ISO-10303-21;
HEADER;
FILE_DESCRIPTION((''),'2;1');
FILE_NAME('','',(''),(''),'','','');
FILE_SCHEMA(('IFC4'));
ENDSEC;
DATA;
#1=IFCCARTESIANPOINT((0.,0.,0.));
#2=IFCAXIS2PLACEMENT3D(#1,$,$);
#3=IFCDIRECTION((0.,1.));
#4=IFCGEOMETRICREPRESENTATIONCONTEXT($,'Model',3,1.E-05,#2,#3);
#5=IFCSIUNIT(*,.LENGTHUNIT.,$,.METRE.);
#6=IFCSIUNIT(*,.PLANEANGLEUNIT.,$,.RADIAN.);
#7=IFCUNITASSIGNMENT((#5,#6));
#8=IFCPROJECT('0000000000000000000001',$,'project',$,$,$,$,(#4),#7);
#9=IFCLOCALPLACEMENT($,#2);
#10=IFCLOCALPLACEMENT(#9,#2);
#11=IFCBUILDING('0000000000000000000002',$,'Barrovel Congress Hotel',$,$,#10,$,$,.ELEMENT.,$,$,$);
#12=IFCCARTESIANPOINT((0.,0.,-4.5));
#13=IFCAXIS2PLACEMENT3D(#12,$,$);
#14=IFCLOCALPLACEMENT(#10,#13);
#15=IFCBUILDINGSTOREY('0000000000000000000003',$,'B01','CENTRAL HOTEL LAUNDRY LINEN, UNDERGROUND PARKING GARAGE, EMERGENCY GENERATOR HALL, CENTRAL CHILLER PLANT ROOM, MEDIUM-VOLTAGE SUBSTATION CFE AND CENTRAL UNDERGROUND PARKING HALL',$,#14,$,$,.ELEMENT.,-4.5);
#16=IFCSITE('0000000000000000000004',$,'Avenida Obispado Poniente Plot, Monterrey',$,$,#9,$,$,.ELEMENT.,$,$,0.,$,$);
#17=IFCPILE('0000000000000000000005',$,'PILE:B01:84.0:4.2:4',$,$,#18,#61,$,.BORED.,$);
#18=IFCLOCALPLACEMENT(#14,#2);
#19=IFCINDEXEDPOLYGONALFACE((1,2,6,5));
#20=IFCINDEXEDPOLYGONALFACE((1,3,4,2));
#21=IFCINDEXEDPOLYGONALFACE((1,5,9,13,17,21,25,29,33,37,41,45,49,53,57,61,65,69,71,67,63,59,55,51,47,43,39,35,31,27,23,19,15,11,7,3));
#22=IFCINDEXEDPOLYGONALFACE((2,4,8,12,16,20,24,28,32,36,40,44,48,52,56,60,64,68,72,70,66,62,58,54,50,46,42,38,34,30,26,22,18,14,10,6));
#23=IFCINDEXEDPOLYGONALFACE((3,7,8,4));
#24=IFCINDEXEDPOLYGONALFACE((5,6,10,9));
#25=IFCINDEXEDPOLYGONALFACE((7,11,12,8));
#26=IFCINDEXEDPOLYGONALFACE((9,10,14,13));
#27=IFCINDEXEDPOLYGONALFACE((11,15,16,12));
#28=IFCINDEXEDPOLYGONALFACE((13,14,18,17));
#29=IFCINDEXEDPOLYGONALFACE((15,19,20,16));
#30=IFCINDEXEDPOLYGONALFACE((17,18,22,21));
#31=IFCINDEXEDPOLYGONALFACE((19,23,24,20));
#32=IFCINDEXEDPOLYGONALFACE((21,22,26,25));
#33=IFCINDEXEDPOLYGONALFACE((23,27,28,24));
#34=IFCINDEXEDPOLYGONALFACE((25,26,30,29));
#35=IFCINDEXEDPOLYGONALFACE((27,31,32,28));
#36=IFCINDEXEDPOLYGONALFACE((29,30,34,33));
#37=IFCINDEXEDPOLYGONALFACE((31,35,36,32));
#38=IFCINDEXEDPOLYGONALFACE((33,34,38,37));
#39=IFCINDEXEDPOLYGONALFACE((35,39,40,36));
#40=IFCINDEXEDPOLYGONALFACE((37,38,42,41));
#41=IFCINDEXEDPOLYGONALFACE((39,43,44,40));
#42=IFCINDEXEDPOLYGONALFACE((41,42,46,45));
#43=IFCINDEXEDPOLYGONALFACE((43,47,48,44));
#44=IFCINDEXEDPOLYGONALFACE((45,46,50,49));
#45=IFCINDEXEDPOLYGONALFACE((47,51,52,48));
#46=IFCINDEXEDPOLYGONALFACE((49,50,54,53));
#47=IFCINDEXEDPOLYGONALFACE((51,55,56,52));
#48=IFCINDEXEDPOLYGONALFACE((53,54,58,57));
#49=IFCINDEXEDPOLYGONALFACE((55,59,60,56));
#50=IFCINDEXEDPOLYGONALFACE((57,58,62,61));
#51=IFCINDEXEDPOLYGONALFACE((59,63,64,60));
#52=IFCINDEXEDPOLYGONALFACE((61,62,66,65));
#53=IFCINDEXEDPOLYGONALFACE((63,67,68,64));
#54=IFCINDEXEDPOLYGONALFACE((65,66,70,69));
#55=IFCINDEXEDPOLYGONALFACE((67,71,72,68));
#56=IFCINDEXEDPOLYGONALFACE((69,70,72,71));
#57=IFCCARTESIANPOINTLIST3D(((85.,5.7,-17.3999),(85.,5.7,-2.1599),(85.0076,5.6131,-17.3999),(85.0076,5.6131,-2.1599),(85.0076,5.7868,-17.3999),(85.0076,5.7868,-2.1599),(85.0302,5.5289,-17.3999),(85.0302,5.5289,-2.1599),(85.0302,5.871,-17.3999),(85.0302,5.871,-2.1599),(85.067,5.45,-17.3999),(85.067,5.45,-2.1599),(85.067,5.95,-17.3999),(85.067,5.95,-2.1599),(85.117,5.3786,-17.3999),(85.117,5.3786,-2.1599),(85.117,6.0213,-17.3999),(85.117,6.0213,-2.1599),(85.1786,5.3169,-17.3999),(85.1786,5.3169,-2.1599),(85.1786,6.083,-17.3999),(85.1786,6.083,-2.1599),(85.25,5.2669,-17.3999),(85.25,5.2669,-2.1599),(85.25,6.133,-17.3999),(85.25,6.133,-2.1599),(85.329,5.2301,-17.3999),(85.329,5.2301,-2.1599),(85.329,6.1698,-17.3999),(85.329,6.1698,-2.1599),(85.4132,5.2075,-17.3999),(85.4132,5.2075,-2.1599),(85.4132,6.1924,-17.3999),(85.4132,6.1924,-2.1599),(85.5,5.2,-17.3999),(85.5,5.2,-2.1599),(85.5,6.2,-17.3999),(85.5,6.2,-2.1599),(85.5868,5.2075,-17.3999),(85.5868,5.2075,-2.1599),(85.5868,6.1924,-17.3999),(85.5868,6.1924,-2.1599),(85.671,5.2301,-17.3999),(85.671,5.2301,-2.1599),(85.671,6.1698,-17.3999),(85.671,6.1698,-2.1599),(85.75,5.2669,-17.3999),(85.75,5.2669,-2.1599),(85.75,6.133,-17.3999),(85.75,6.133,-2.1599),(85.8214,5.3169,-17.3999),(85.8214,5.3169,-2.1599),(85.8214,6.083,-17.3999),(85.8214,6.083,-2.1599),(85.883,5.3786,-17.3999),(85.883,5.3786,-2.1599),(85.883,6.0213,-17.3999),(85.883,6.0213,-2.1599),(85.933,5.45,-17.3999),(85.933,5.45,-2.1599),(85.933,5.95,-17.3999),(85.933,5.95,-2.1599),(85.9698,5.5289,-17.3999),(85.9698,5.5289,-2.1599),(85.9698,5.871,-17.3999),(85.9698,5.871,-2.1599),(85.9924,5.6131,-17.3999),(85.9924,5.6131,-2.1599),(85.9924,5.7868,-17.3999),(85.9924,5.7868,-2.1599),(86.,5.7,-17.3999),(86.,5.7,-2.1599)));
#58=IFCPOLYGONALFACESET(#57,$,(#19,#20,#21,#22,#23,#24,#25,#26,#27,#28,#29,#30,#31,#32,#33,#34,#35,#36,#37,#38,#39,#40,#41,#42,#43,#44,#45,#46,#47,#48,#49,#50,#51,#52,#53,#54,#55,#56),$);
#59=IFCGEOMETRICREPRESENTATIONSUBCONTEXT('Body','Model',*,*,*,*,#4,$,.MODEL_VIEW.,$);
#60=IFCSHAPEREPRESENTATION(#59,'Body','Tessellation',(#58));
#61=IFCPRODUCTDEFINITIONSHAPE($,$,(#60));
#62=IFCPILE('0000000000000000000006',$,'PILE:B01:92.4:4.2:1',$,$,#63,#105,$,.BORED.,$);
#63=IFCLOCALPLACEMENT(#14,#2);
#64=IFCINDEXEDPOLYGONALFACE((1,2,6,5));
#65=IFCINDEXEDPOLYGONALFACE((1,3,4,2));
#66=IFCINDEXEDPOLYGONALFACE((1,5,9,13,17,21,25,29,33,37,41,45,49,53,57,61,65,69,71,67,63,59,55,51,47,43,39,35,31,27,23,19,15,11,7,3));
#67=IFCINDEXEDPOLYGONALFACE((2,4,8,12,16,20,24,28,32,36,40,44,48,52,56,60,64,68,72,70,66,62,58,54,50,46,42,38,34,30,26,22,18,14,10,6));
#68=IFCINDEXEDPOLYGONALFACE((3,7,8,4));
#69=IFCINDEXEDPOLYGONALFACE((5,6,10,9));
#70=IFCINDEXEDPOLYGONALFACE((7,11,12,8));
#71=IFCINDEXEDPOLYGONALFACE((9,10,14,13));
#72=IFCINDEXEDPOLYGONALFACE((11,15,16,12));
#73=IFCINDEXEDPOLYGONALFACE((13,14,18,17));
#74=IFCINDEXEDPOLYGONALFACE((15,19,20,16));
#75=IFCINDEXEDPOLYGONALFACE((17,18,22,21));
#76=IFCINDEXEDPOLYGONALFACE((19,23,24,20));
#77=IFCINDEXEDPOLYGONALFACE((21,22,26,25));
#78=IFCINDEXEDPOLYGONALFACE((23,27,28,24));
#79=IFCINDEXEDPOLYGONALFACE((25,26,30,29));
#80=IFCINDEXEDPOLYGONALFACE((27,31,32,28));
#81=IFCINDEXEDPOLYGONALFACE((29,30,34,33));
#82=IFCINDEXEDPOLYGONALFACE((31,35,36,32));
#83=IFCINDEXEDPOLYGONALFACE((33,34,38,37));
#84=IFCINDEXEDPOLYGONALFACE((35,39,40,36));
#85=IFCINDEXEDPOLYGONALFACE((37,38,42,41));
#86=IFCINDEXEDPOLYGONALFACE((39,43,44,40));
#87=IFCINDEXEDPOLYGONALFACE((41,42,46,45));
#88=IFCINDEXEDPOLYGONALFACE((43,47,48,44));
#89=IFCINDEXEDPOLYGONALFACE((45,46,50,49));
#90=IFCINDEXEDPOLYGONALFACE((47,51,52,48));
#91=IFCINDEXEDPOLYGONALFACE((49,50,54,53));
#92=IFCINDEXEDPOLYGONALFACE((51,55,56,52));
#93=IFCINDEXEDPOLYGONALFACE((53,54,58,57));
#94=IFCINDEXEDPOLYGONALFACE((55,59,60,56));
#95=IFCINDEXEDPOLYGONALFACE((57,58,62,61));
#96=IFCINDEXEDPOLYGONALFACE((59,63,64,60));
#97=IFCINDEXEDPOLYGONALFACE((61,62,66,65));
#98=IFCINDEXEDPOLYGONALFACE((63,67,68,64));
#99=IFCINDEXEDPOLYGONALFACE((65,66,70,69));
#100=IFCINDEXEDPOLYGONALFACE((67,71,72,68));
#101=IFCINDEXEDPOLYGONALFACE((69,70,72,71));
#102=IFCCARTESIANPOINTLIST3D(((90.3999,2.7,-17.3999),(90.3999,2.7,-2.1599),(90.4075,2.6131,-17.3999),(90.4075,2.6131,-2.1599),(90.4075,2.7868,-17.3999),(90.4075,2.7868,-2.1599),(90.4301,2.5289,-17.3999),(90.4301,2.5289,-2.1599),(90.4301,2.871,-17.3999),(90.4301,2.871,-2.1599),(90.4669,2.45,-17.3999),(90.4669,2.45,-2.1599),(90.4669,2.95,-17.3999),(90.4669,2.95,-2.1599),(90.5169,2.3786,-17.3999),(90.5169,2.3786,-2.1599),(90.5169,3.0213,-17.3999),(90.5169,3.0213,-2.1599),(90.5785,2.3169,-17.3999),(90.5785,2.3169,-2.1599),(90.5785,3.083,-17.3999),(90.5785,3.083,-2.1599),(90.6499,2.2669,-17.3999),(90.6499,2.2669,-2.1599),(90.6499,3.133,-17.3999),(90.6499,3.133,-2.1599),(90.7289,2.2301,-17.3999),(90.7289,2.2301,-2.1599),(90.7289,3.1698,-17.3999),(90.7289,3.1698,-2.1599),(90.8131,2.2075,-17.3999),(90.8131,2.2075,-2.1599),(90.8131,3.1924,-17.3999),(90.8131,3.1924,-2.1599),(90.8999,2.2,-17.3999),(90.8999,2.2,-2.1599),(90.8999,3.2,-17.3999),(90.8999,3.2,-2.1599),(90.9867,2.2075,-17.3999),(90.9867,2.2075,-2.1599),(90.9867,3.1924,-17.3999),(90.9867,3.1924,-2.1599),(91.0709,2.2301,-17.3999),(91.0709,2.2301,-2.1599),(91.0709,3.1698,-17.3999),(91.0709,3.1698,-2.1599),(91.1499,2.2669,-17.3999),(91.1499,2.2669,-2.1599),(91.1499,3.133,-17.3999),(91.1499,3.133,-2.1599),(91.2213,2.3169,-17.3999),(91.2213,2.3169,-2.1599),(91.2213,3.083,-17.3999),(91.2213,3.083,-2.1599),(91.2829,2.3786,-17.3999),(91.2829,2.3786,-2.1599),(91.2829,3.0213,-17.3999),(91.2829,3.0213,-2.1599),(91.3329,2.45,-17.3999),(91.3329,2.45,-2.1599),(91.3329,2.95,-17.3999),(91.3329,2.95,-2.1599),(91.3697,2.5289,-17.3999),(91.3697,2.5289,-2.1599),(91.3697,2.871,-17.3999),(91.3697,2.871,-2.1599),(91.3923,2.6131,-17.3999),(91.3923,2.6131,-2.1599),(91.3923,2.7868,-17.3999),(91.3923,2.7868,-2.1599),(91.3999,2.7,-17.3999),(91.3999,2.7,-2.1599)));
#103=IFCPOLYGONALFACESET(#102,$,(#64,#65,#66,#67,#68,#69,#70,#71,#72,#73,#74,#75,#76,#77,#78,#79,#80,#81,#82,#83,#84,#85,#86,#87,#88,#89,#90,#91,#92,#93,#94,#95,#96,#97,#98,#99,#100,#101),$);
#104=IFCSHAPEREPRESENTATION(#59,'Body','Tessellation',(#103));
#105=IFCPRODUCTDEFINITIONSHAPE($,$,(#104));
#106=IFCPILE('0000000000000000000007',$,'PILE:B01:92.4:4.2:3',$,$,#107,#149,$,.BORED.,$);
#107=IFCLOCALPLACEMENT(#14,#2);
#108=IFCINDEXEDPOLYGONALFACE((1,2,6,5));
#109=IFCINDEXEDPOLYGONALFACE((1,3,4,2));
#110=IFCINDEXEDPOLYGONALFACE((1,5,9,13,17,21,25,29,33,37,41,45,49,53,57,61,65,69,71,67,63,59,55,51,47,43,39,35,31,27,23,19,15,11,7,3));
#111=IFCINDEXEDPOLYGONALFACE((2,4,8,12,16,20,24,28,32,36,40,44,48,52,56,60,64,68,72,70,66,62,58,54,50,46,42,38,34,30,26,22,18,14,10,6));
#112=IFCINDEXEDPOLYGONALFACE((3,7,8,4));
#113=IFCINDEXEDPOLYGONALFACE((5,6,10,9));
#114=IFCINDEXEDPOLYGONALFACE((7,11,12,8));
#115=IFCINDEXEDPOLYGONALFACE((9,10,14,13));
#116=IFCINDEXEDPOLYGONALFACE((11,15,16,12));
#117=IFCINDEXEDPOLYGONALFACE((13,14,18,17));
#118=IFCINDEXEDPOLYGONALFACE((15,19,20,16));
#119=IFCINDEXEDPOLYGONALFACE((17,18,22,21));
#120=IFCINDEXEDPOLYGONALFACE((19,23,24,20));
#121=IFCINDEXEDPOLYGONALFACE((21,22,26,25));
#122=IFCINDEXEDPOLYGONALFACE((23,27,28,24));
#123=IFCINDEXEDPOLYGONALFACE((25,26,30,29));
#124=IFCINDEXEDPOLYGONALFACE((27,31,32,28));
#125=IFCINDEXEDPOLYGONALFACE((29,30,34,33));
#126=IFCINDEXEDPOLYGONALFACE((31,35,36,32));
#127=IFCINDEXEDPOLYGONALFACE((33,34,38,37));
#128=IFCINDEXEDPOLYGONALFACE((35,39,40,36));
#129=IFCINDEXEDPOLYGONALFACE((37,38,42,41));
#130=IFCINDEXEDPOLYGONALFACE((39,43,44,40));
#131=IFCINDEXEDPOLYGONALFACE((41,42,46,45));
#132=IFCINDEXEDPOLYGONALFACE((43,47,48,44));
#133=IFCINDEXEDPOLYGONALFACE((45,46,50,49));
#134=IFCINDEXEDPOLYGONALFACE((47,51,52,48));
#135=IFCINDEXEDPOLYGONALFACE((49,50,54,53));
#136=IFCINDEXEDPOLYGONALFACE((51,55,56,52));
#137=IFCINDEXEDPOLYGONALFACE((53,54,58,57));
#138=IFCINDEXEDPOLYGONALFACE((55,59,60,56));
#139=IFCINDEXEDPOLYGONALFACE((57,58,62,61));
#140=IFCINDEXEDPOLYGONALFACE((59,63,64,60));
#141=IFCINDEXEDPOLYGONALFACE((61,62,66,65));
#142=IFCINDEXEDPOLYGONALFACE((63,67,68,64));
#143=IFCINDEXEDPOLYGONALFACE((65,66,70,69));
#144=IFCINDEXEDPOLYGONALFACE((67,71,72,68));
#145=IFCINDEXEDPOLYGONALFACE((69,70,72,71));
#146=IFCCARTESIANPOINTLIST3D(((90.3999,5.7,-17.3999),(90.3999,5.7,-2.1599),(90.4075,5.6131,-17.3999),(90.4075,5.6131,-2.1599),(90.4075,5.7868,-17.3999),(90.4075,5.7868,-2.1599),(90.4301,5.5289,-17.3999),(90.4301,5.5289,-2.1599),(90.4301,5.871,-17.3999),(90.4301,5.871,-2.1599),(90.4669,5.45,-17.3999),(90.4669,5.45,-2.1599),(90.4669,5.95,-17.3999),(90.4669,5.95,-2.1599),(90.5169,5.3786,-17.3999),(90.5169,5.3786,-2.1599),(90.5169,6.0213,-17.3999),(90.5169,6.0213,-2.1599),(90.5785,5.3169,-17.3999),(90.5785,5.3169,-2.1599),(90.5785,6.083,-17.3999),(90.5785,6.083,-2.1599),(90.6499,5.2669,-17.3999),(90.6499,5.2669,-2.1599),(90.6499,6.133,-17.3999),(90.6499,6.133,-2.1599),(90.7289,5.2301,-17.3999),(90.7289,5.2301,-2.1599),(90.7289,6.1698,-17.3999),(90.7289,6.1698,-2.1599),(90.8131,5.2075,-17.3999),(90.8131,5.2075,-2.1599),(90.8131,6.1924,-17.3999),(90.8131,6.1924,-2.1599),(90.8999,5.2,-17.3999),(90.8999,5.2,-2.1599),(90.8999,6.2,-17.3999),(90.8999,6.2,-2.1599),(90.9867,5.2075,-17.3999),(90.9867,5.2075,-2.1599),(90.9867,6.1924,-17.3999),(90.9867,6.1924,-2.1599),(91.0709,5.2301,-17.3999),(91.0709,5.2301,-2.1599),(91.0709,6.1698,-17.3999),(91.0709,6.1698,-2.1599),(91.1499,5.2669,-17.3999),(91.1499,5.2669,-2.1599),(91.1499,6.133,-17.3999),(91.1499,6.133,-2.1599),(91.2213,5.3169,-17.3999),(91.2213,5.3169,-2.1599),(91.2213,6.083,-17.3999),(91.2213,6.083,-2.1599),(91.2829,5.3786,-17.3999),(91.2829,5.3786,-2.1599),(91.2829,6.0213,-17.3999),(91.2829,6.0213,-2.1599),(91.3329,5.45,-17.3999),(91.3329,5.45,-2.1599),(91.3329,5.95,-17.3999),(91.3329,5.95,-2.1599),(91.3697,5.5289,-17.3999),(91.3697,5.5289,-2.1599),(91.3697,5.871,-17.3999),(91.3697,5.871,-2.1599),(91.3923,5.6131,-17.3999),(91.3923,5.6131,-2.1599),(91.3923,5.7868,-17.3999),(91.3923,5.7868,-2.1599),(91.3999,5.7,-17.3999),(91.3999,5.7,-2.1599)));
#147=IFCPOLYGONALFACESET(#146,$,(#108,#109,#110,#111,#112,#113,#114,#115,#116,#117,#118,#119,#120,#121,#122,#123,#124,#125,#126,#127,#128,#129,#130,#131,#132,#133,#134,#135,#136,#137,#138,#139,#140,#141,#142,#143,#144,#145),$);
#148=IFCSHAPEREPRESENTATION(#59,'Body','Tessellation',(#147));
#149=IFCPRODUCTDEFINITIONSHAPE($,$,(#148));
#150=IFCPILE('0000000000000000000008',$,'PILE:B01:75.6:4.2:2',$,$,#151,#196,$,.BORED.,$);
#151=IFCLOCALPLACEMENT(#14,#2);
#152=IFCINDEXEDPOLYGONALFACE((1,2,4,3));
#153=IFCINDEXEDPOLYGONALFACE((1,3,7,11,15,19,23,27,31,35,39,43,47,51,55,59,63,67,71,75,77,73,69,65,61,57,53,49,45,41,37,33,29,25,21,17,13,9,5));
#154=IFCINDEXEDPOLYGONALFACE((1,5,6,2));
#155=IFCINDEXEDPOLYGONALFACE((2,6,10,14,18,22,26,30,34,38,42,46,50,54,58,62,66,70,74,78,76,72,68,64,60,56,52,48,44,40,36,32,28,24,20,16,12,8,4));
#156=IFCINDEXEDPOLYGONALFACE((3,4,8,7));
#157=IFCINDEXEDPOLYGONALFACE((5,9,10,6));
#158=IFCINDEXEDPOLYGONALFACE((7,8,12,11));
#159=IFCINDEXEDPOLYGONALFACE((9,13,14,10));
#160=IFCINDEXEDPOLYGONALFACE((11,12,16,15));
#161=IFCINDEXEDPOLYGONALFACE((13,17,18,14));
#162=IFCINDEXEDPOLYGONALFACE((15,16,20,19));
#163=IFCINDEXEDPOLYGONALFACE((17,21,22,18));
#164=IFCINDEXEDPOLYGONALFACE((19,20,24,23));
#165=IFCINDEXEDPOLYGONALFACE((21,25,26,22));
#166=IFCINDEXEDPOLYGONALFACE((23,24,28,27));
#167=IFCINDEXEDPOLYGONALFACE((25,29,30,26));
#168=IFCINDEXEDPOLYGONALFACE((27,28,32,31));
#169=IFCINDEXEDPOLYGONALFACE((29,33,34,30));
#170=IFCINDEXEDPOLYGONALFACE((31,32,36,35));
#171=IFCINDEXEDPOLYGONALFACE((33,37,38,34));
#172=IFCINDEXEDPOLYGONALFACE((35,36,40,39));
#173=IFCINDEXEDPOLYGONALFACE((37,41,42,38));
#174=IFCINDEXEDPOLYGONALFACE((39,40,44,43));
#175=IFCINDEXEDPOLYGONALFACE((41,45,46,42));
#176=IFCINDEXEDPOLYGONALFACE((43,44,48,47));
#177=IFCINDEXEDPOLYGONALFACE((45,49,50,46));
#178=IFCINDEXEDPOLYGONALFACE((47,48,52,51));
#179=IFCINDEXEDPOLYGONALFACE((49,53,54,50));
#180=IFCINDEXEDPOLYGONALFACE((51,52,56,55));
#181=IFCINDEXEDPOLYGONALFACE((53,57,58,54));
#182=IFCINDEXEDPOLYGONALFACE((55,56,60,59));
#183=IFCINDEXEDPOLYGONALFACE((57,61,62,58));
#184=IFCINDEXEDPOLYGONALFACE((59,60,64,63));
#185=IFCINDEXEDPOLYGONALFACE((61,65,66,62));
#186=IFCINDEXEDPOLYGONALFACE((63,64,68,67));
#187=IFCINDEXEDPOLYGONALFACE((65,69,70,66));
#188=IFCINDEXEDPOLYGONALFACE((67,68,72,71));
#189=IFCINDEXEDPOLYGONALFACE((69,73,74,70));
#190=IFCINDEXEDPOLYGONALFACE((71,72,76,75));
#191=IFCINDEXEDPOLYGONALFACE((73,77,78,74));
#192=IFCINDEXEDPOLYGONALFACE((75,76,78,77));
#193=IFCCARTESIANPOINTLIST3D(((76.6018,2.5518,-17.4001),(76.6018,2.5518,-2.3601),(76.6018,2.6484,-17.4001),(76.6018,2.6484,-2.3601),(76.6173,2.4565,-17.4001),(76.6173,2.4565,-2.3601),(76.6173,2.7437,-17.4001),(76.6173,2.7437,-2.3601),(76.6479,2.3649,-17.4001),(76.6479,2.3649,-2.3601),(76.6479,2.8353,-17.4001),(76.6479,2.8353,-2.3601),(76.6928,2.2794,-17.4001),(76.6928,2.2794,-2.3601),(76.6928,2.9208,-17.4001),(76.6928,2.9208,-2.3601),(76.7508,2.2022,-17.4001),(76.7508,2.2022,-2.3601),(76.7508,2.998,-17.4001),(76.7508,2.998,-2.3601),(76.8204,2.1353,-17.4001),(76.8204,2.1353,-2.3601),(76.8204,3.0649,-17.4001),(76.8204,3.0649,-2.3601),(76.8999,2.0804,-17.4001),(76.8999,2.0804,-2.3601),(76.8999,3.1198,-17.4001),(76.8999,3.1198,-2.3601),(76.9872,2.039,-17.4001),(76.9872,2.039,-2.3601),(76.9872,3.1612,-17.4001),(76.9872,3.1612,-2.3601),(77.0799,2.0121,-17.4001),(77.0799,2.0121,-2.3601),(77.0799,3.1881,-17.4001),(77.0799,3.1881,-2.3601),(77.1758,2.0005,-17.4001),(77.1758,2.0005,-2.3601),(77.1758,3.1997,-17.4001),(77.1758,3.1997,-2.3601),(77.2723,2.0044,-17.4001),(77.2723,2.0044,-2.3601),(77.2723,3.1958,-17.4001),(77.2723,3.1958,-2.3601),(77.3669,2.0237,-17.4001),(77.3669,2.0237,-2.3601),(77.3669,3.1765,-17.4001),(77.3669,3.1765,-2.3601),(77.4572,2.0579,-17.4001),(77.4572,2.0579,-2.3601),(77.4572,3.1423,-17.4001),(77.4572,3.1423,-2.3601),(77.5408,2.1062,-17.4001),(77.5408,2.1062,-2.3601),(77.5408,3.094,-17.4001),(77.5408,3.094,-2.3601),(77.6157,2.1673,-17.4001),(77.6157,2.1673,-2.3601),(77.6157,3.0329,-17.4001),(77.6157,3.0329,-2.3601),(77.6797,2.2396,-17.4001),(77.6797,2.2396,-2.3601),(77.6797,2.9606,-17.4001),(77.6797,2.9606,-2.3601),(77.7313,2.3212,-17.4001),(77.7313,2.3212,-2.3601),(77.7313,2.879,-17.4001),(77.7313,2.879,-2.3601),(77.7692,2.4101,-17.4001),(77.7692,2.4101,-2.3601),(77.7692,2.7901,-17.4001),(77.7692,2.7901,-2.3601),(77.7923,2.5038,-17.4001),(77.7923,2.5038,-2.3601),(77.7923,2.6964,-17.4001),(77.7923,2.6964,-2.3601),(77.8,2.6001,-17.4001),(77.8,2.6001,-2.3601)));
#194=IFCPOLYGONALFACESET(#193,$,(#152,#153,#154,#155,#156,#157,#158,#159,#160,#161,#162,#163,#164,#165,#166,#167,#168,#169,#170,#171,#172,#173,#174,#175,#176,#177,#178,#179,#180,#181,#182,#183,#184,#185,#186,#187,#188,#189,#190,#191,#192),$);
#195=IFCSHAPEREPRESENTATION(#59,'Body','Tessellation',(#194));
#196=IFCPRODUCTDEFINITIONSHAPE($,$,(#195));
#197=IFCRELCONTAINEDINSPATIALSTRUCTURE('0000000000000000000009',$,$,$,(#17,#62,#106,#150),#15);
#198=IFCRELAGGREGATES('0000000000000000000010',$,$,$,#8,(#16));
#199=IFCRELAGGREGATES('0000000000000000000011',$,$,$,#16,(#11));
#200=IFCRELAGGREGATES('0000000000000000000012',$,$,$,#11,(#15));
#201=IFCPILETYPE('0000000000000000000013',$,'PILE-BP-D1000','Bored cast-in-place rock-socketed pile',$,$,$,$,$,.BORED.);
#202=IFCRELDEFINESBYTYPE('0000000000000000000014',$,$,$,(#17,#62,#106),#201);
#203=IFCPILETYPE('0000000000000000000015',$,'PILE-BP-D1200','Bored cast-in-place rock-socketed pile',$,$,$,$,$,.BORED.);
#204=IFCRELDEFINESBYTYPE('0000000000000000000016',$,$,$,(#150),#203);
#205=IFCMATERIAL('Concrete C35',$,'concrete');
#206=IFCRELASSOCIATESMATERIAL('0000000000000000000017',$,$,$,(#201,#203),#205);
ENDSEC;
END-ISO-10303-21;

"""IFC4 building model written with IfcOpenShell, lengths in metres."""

from ifc_helpers import new_model, si_unit, direction, frame, origin, origin_2d, place, context, subcontext, project, spatial, circle, extrude, material, material_profile, profile_set, type_object, element, save


model = new_model("IFC4")

# Units and contexts
model_context = context("Model", 3, precision=1e-05, world=origin(), true_north=direction((0.0, 1.0)))
body_context = subcontext(model_context, "Body", "Model", "MODEL_VIEW")
ifc_project = project(units=[si_unit("LENGTHUNIT", "METRE"), si_unit("PLANEANGLEUNIT", "RADIAN")], contexts=[model_context])

# Site, building, storey
site_placement = place(None, origin())
site = spatial("IfcSite", under=ifc_project, at=site_placement, Name="Avenida Obispado Poniente Plot, Monterrey", CompositionType="ELEMENT", RefElevation=0.0)
building_placement = place(site_placement, origin())
building = spatial("IfcBuilding", under=site, at=building_placement, Name="Barrovel Congress Hotel", CompositionType="ELEMENT")
storey_placement = place(building_placement, frame((0.0, 0.0, -4.5)))
storey = spatial("IfcBuildingStorey", under=building, at=storey_placement, Name="B01", Description="CENTRAL HOTEL LAUNDRY LINEN, UNDERGROUND PARKING GARAGE, EMERGENCY GENERATOR HALL, CENTRAL CHILLER PLANT ROOM, MEDIUM-VOLTAGE SUBSTATION CFE AND CENTRAL UNDERGROUND PARKING HALL", CompositionType="ELEMENT", Elevation=-4.5)

# Piles
ifc_material_1 = material(Name="Concrete C35", Category="concrete")
ifc_material_profile_1 = material_profile(ifc_material_1, circle(Radius=0.5, at=origin_2d()), Name="BP-D1000")
ifc_profile_set_1 = profile_set([ifc_material_profile_1], Name="Concrete C35")
pile_type_1 = type_object("IfcPileType", Name="PILE-BP-D1000", Description="Bored cast-in-place rock-socketed pile", PredefinedType="BORED", material=ifc_profile_set_1)
for number, where, z_axis, x_axis, name in (
    (1, (85.5, 5.7, -2.1599), (0.0, 0.0, -1.0), (1.0, 0.0, 0.0), "PILE:B01:84.0:4.2:4"),
    (2, (90.8999, 2.7, -2.1599), (0.0, 0.0, -1.0), (1.0, 0.0, 0.0), "PILE:B01:92.4:4.2:1"),
    (3, (90.8999, 5.7, -2.1599), (0.0, 0.0, -1.0), (1.0, 0.0, 0.0), "PILE:B01:92.4:4.2:3"),
):
    element("IfcPile", number, at=place(storey_placement, frame(where, z_axis=z_axis, x_axis=x_axis)), inside=storey, type_object=pile_type_1, Name=name, PredefinedType="BORED", context=body_context, shape_type="SweptSolid", body=[
        extrude(circle(Radius=0.5, at=origin_2d()), origin(), (0.0, 0.0, 1.0), 15.24),
    ])
ifc_material_profile_2 = material_profile(ifc_material_1, circle(Radius=0.6001, at=origin_2d()), Name="BP-D1200")
ifc_profile_set_2 = profile_set([ifc_material_profile_2], Name="Concrete C35")
pile_type_2 = type_object("IfcPileType", Name="PILE-BP-D1200", Description="Bored cast-in-place rock-socketed pile", PredefinedType="BORED", material=ifc_profile_set_2)
for number, where, z_axis, x_axis, name in (
    (4, (77.2, 2.6001, -2.3601), (0.0, 0.0, -1.0), (1.0, 0.0, 0.0), "PILE:B01:75.6:4.2:2"),
):
    element("IfcPile", number, at=place(storey_placement, frame(where, z_axis=z_axis, x_axis=x_axis)), inside=storey, type_object=pile_type_2, Name=name, PredefinedType="BORED", context=body_context, shape_type="SweptSolid", body=[
        extrude(circle(Radius=0.6001, at=origin_2d()), origin(), (0.0, 0.0, 1.0), 15.04),
    ])

save(model, "model.ifc")
